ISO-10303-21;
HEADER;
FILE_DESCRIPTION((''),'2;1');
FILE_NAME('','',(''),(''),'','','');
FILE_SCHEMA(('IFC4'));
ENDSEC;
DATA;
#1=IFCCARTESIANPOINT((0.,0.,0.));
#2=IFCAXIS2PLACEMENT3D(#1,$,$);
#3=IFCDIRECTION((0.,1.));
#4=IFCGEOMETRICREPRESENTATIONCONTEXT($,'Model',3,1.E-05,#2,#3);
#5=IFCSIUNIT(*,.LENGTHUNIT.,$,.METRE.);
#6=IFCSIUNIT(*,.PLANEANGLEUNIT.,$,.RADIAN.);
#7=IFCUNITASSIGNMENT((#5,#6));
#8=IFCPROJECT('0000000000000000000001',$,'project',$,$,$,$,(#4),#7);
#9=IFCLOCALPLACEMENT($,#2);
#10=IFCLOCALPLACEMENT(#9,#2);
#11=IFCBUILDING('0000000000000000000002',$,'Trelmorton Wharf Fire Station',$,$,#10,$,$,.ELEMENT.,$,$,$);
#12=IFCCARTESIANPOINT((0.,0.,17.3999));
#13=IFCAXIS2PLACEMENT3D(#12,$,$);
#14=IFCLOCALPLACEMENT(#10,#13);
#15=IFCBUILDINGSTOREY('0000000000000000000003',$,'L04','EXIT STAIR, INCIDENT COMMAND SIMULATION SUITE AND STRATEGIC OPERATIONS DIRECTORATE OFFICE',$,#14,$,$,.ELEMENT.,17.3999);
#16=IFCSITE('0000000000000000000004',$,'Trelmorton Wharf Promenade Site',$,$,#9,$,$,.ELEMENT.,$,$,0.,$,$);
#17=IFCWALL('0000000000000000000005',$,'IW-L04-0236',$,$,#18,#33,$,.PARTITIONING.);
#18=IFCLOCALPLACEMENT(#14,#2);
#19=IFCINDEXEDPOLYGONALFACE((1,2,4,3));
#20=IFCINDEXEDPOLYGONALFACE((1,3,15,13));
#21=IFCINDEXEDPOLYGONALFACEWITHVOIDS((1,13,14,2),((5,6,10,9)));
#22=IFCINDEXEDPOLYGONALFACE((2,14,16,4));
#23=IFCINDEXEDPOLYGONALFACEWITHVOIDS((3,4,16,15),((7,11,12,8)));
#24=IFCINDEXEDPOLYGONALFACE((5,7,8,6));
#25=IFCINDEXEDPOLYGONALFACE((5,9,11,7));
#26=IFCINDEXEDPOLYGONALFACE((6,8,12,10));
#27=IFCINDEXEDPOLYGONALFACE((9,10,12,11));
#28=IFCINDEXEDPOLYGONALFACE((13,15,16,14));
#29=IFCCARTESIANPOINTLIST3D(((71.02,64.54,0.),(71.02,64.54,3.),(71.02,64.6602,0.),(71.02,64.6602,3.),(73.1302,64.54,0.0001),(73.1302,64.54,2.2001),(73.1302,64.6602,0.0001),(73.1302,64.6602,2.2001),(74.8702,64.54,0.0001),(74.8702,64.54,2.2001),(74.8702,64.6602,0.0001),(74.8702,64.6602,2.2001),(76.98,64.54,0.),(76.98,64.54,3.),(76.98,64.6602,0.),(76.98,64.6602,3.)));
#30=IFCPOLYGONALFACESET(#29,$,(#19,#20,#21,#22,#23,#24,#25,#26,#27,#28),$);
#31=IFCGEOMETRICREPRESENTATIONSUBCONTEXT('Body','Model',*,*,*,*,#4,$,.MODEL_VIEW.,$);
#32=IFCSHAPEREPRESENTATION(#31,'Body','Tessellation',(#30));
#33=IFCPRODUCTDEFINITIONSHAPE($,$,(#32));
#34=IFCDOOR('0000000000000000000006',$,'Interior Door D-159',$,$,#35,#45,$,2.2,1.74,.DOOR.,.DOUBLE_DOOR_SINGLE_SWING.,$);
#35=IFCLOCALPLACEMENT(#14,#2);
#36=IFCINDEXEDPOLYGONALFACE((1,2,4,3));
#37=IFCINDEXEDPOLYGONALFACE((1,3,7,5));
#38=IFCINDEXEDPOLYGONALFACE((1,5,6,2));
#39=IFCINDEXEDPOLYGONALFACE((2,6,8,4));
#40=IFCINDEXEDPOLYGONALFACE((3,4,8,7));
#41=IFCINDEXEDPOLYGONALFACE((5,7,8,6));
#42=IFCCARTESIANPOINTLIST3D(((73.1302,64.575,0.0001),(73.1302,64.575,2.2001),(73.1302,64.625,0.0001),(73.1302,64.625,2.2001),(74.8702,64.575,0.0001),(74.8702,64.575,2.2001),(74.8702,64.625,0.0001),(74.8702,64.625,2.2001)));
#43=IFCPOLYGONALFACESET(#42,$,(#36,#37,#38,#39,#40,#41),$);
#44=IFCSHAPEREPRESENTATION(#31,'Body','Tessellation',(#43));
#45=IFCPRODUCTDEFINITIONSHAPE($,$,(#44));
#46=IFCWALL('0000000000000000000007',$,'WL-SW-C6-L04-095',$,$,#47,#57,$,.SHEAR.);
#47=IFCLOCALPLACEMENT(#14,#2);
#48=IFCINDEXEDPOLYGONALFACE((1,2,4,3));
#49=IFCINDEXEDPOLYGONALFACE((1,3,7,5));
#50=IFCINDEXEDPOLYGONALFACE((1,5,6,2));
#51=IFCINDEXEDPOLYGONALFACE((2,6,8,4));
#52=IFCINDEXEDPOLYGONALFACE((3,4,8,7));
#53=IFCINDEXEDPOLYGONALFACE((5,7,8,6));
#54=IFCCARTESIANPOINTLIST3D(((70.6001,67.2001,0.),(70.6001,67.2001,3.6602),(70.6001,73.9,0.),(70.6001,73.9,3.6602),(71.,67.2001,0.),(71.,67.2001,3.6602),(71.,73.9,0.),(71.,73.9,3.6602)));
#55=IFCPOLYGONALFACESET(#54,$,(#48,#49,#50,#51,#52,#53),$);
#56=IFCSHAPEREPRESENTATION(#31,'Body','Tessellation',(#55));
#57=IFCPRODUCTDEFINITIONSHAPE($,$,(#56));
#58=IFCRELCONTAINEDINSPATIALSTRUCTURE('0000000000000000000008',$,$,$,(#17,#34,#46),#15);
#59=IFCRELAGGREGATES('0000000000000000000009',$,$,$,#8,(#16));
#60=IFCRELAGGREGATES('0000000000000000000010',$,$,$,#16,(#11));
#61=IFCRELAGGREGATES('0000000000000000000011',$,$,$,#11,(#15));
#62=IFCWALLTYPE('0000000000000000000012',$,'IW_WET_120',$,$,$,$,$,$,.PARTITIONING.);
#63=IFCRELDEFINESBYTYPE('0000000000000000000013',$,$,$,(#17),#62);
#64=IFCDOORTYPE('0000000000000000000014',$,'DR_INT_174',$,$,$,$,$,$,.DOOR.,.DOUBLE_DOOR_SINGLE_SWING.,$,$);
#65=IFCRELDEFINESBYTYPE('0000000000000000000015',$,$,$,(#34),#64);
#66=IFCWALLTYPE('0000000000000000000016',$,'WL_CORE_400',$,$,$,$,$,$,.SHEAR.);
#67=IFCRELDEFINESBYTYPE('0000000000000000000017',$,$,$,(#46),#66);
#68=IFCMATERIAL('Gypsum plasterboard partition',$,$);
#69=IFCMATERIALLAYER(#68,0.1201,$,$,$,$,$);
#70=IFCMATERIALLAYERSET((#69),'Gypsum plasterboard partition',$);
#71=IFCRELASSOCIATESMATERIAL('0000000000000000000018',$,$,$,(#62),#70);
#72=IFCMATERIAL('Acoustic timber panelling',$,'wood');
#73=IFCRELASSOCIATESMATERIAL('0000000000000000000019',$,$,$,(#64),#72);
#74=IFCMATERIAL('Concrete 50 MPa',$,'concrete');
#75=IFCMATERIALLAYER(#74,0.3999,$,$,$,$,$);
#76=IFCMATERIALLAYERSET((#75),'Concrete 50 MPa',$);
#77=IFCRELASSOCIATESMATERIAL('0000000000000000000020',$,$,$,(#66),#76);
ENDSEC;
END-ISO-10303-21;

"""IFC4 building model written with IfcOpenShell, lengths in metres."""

from ifc_helpers import new_model, si_unit, direction, frame, frame_2d, origin, place, context, subcontext, project, spatial, rectangle, extrude, material, layer, layer_set, type_object, element, fill, save


model = new_model("IFC4")

# Units and contexts
model_context = context("Model", 3, precision=1e-05, world=origin(), true_north=direction((0.0, 1.0)))
body_context = subcontext(model_context, "Body", "Model", "MODEL_VIEW")
ifc_project = project(units=[si_unit("LENGTHUNIT", "METRE"), si_unit("PLANEANGLEUNIT", "RADIAN")], contexts=[model_context])

# Site, building, storey
site_placement = place(None, origin())
site = spatial("IfcSite", under=ifc_project, at=site_placement, Name="Trelmorton Wharf Promenade Site", CompositionType="ELEMENT", RefElevation=0.0)
building_placement = place(site_placement, origin())
building = spatial("IfcBuilding", under=site, at=building_placement, Name="Trelmorton Wharf Fire Station", CompositionType="ELEMENT")
storey_placement = place(building_placement, frame((0.0, 0.0, 17.3999)))
storey = spatial("IfcBuildingStorey", under=building, at=storey_placement, Name="L04", Description="EXIT STAIR, INCIDENT COMMAND SIMULATION SUITE AND STRATEGIC OPERATIONS DIRECTORATE OFFICE", CompositionType="ELEMENT", Elevation=17.3999)

# Wall, opening, door
ifc_material_1 = material(Name="Gypsum plasterboard partition")
ifc_layer_1 = layer(ifc_material_1, 0.1201)
ifc_layer_set_1 = layer_set([ifc_layer_1], Name="Gypsum plasterboard partition")
wall_type_1 = type_object("IfcWallType", Name="IW_WET_120", PredefinedType="PARTITIONING", material=ifc_layer_set_1)
wall_1_placement = place(storey_placement, frame((71.02, 64.6001, 0.0), z_axis=(0.0, 0.0, 1.0), x_axis=(1.0, 0.0, 0.0)))
wall_1 = element("IfcWall", 1, at=wall_1_placement, inside=storey, type_object=wall_type_1, Name="IW-L04-0236", PredefinedType="PARTITIONING", context=body_context, shape_type="SweptSolid", body=[
    extrude(rectangle(XDim=5.96, YDim=0.1201, at=frame_2d((2.98, 0.0))), origin(), (0.0, 0.0, 1.0), 3.0),
])
opening_1_placement = place(wall_1_placement, frame((2.1101, 0.0, 0.0)))
opening_1 = element("IfcOpeningElement", 2, at=opening_1_placement, cuts=wall_1, PredefinedType="OPENING", context=body_context, shape_type="SweptSolid", body=[
    extrude(rectangle(XDim=1.74, YDim=2.2, at=frame_2d((0.8701, 1.1001))), frame((0.0, 0.0701, 0.0), z_axis=(0.0, -1.0, 0.0), x_axis=(1.0, 0.0, 0.0)), (0.0, 0.0, 1.0), 0.1401),
])
ifc_material_2 = material(Name="Acoustic timber panelling", Category="wood")
door_type_1 = type_object("IfcDoorType", Name="DR_INT_174", OperationType="DOUBLE_DOOR_SINGLE_SWING", PredefinedType="DOOR", material=ifc_material_2)
door_1_placement = place(opening_1_placement, origin())
door_1 = element("IfcDoor", 3, at=door_1_placement, inside=storey, type_object=door_type_1, Name="Interior Door D-159", OperationType="DOUBLE_DOOR_SINGLE_SWING", OverallHeight=2.2, OverallWidth=1.74, PredefinedType="DOOR", context=body_context, shape_type="SweptSolid", body=[
    extrude(rectangle(XDim=1.74, YDim=2.2, at=frame_2d((0.8701, 1.1001))), frame((0.0, 0.0249, 0.0), z_axis=(0.0, -1.0, 0.0), x_axis=(1.0, 0.0, 0.0)), (0.0, 0.0, 1.0), 0.05),
])
fill(opening_1, door_1)

# Wall
ifc_material_3 = material(Name="Concrete 50 MPa", Category="concrete")
ifc_layer_2 = layer(ifc_material_3, 0.3999)
ifc_layer_set_2 = layer_set([ifc_layer_2], Name="Concrete 50 MPa")
wall_type_2 = type_object("IfcWallType", Name="WL_CORE_400", PredefinedType="SHEAR", material=ifc_layer_set_2)
wall_2_placement = place(storey_placement, frame((70.8, 67.2, 0.0), z_axis=(0.0, 0.0, 1.0), x_axis=(0.0, 1.0, 0.0)))
element("IfcWall", 4, at=wall_2_placement, inside=storey, type_object=wall_type_2, Name="WL-SW-C6-L04-095", PredefinedType="SHEAR", context=body_context, shape_type="SweptSolid", body=[
    extrude(rectangle(XDim=6.7, YDim=0.3999, at=frame_2d((3.3501, 0.0))), origin(), (0.0, 0.0, 1.0), 3.6602),
])

save(model, "model.ifc")
